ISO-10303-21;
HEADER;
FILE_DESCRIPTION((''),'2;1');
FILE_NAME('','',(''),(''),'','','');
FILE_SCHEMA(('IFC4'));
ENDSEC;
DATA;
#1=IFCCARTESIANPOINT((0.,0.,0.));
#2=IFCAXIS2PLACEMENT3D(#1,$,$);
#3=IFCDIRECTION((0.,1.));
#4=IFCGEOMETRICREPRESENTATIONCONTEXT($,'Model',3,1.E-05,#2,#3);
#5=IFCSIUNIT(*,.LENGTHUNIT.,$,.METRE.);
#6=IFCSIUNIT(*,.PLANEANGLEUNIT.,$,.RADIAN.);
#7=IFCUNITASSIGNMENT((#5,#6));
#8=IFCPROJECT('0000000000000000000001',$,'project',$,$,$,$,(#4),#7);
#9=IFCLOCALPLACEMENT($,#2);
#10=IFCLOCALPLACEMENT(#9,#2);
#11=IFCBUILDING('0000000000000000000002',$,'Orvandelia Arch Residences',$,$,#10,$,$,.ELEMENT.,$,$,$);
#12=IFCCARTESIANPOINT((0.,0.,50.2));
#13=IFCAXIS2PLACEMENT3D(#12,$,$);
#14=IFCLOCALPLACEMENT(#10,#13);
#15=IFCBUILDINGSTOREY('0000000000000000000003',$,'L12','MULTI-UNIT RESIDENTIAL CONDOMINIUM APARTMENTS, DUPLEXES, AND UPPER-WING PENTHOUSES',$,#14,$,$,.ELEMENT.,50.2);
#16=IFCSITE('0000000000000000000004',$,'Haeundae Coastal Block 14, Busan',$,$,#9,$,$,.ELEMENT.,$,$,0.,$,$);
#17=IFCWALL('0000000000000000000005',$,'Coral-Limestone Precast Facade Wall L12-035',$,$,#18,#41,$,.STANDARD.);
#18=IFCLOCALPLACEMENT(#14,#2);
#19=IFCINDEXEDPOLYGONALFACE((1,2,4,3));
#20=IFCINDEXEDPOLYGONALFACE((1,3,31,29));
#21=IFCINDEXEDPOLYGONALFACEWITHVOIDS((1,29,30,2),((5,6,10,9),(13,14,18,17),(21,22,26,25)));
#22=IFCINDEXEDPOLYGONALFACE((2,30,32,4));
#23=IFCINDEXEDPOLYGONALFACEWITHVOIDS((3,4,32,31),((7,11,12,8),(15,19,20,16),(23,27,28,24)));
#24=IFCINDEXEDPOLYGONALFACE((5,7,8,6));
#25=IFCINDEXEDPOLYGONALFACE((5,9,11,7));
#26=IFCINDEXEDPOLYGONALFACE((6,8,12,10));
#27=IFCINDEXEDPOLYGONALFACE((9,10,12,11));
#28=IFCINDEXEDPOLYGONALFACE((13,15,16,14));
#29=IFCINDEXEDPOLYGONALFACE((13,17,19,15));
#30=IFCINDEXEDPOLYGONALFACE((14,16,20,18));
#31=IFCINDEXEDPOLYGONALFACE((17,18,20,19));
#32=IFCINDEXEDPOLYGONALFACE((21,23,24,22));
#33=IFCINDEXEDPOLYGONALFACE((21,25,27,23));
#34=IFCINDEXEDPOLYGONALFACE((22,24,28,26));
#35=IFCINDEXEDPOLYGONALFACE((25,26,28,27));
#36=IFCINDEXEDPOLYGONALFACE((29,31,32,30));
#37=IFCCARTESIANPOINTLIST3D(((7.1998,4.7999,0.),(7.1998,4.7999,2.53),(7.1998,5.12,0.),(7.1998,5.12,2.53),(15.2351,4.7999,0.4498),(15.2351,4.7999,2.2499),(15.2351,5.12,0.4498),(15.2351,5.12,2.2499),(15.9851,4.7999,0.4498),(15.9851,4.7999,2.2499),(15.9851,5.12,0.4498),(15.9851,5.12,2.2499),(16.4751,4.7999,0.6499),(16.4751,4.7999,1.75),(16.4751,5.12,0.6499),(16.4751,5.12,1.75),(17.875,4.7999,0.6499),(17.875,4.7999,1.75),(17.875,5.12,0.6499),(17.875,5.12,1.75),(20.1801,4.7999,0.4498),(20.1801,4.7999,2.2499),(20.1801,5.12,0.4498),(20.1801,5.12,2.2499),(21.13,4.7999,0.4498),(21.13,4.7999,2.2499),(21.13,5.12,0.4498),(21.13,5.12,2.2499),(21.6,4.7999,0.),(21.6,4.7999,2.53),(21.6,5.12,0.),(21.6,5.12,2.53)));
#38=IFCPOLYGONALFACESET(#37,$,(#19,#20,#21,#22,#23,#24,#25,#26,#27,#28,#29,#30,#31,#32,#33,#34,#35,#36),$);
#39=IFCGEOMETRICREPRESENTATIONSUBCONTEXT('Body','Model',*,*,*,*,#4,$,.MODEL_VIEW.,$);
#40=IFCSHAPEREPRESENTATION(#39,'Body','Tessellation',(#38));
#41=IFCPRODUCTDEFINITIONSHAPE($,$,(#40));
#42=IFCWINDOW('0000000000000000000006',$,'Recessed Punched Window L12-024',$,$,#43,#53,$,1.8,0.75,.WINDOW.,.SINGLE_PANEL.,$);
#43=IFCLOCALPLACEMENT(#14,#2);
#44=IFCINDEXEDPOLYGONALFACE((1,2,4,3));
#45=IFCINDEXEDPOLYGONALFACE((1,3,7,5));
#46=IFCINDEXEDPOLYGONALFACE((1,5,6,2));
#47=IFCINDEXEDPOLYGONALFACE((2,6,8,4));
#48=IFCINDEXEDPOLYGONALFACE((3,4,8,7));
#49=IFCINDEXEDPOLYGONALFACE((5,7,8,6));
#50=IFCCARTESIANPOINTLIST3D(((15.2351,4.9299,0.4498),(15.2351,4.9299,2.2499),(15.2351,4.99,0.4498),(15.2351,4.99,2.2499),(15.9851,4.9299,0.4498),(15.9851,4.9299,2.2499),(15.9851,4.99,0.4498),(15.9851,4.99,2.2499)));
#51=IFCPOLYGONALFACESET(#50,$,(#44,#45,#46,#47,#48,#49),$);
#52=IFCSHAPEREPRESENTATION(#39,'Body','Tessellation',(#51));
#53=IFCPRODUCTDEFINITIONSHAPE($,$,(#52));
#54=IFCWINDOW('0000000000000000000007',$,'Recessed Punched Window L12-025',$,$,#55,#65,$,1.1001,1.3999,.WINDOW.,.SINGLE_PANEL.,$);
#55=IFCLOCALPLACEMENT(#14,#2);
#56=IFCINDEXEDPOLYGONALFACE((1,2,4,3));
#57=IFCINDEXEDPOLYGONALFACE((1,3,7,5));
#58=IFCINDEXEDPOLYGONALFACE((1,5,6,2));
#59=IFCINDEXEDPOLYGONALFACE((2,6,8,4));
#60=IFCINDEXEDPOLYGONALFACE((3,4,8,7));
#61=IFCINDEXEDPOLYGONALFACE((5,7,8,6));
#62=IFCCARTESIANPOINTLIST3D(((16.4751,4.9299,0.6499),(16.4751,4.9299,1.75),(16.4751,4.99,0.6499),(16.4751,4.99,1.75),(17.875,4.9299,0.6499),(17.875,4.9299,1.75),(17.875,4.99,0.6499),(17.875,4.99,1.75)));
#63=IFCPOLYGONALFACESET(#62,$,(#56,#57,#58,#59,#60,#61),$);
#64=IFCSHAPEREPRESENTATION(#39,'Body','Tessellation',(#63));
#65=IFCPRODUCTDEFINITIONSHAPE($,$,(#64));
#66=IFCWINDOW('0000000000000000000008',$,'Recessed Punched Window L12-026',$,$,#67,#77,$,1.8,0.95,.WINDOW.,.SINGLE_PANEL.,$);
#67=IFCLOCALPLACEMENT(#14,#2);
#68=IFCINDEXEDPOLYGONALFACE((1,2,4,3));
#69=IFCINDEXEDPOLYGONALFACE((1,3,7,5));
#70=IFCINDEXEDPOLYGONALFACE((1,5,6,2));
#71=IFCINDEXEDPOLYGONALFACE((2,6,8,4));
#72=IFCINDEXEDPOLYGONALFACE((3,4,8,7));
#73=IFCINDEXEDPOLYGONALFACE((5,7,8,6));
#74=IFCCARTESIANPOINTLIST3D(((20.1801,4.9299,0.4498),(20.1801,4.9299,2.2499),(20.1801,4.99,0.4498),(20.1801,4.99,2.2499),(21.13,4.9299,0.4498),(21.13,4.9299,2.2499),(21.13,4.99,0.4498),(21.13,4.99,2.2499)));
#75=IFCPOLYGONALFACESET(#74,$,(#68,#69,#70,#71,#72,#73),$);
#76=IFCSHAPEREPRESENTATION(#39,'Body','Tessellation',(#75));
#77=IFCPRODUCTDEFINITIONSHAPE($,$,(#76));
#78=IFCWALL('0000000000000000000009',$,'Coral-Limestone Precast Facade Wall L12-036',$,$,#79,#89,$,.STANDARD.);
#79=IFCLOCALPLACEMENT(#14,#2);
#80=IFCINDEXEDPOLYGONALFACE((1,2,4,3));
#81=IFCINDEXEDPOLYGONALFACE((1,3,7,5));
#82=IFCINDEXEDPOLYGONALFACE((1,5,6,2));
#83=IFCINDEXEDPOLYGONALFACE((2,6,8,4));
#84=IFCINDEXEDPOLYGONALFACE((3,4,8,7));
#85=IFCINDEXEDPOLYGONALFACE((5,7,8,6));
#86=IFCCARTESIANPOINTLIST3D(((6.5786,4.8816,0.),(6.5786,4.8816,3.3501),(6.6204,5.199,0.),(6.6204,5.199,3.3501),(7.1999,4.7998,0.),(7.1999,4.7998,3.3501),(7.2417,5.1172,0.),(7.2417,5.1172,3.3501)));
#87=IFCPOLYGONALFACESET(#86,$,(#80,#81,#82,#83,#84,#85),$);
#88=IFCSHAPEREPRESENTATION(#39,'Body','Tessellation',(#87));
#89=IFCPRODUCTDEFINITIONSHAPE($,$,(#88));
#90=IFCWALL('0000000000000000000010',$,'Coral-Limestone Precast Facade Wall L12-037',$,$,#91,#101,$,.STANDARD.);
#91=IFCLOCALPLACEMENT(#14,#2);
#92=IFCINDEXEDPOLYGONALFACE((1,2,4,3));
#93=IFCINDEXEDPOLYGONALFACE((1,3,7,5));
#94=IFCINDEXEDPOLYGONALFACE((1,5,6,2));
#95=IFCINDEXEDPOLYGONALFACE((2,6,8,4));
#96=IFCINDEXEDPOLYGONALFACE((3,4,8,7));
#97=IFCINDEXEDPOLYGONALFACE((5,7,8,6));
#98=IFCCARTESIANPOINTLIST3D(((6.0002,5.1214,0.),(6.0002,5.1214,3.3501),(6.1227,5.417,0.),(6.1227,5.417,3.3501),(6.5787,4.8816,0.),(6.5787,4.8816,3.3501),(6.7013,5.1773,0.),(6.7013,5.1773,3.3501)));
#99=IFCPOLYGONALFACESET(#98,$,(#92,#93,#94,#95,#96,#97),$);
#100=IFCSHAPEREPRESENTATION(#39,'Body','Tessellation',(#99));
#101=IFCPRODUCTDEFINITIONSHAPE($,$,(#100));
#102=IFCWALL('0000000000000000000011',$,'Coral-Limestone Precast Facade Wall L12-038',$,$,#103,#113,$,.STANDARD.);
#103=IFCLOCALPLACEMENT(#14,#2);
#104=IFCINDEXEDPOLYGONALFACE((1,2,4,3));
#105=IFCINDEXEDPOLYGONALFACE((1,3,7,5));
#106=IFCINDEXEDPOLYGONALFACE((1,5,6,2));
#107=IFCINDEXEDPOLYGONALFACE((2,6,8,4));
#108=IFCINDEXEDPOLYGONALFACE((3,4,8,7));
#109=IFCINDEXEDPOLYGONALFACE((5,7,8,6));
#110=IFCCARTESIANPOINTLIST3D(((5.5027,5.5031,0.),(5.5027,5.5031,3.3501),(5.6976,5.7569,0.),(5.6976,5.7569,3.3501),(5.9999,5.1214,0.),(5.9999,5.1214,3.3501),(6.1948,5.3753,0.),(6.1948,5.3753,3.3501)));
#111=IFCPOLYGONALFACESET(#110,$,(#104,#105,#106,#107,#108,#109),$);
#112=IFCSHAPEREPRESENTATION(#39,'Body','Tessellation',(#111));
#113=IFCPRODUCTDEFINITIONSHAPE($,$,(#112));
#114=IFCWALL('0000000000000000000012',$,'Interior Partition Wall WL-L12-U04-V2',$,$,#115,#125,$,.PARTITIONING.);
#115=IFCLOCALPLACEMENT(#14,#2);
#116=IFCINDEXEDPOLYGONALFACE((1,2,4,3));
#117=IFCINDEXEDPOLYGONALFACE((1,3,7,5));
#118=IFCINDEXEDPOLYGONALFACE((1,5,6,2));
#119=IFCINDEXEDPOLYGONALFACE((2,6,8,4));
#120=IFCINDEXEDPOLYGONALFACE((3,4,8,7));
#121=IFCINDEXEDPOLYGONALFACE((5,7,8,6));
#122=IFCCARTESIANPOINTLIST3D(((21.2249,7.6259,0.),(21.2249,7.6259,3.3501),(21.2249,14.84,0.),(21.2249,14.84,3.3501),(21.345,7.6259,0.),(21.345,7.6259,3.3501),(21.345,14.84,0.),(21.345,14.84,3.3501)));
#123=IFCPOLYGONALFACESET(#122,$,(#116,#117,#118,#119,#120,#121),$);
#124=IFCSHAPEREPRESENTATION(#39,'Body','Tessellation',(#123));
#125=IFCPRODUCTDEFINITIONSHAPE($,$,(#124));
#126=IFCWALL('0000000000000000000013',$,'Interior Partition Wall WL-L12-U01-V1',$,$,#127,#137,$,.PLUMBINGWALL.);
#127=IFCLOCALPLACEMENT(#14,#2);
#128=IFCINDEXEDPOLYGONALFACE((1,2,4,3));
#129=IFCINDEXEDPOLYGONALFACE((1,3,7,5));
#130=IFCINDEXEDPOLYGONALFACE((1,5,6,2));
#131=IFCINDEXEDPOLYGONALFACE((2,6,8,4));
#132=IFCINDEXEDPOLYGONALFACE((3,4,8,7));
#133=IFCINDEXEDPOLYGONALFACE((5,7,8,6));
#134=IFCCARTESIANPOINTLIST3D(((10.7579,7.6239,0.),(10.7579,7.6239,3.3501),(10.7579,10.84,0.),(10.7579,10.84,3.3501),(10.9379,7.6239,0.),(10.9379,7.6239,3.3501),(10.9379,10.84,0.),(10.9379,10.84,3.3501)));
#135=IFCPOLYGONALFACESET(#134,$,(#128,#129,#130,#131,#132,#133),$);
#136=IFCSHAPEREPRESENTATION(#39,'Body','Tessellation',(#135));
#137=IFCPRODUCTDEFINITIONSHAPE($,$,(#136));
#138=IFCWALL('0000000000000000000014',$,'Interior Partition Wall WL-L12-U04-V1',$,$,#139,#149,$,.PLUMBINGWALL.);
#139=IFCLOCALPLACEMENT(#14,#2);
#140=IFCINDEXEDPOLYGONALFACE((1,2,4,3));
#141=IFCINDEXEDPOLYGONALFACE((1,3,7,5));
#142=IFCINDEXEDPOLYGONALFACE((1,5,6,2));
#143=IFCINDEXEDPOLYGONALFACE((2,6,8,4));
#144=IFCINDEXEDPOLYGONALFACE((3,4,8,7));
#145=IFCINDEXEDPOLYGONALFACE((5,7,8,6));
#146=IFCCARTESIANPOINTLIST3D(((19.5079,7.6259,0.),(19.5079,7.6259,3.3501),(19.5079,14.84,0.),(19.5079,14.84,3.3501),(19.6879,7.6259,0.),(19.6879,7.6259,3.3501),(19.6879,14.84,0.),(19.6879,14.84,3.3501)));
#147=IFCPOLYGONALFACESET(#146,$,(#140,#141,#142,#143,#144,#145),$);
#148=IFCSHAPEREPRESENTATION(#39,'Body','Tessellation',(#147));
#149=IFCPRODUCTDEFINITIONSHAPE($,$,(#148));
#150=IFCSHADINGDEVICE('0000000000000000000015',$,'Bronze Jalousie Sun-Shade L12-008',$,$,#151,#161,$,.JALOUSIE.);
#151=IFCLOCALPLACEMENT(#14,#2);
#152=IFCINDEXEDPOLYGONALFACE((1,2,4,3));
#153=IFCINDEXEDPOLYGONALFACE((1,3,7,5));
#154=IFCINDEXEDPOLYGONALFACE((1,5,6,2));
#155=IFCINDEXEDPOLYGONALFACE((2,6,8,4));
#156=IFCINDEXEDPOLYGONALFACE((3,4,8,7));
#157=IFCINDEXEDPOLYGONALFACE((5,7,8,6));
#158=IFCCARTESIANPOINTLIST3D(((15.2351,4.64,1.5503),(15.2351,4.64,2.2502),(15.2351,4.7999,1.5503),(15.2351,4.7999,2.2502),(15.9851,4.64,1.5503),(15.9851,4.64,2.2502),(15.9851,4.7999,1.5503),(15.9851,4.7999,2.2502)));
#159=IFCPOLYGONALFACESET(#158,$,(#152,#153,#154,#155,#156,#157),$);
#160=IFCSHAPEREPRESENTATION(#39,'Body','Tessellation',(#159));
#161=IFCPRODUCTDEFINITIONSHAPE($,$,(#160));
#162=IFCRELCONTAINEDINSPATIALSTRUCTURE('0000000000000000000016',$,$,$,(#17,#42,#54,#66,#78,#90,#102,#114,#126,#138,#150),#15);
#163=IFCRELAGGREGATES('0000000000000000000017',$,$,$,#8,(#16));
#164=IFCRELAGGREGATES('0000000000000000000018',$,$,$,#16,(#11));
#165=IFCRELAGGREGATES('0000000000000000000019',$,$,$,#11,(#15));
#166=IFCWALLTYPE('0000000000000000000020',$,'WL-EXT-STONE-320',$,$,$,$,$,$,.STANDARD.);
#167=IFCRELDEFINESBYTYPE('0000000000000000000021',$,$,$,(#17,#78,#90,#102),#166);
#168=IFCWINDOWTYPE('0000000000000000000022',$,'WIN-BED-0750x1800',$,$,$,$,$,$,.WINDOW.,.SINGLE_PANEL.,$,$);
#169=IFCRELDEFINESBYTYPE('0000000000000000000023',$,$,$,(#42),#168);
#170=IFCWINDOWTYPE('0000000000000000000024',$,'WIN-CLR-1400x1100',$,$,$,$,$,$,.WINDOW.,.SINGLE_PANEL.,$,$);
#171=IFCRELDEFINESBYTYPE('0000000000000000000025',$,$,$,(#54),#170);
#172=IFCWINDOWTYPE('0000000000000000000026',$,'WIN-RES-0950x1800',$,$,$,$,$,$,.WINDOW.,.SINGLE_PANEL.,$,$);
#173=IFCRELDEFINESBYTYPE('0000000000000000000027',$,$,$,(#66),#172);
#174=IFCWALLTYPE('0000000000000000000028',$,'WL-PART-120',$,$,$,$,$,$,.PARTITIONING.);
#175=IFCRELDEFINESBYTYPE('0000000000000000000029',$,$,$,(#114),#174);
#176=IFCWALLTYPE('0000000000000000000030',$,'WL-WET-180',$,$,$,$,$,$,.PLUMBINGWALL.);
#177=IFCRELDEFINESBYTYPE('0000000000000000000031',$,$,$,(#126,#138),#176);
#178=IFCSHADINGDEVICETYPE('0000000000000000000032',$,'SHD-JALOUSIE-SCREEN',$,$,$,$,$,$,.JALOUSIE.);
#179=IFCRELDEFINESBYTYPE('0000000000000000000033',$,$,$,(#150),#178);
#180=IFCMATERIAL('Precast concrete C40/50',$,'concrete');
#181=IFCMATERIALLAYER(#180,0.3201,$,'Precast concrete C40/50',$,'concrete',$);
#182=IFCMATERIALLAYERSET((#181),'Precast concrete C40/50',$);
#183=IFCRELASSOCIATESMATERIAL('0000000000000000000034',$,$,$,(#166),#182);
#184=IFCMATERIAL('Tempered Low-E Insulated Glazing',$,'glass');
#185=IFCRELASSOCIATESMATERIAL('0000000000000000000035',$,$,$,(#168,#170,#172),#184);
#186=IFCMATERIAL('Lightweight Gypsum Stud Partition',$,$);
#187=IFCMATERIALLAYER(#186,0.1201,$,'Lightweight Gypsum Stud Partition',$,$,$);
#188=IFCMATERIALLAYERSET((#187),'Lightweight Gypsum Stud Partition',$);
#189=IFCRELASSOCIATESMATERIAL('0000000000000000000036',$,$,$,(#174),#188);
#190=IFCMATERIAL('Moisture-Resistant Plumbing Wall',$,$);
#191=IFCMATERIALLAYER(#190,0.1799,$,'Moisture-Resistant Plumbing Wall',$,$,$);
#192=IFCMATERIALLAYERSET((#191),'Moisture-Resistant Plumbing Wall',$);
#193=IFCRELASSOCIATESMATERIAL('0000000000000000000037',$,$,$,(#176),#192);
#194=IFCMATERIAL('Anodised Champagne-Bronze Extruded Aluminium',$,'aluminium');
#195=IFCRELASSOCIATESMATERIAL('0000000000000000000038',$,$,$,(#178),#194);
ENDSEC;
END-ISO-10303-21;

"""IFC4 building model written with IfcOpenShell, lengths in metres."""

from ifc_helpers import new_model, si_unit, direction, frame, frame_2d, origin, origin_2d, place, context, subcontext, project, spatial, rectangle, extrude, material, layer, layer_set, type_object, element, fill, save


model = new_model("IFC4")

# Units and contexts
model_context = context("Model", 3, precision=1e-05, world=origin(), true_north=direction((0.0, 1.0)))
body_context = subcontext(model_context, "Body", "Model", "MODEL_VIEW")
ifc_project = project(units=[si_unit("LENGTHUNIT", "METRE"), si_unit("PLANEANGLEUNIT", "RADIAN")], contexts=[model_context])

# Site, building, storey
site_placement = place(None, origin())
site = spatial("IfcSite", under=ifc_project, at=site_placement, Name="Haeundae Coastal Block 14, Busan", CompositionType="ELEMENT", RefElevation=0.0)
building_placement = place(site_placement, origin())
building = spatial("IfcBuilding", under=site, at=building_placement, Name="Orvandelia Arch Residences", CompositionType="ELEMENT")
storey_placement = place(building_placement, frame((0.0, 0.0, 50.2)))
storey = spatial("IfcBuildingStorey", under=building, at=storey_placement, Name="L12", Description="MULTI-UNIT RESIDENTIAL CONDOMINIUM APARTMENTS, DUPLEXES, AND UPPER-WING PENTHOUSES", CompositionType="ELEMENT", Elevation=50.2)

# Shared definitions
ifc_material_1 = material(Name="Precast concrete C40/50", Category="concrete")
ifc_layer_1 = layer(ifc_material_1, 0.3201, Name="Precast concrete C40/50", Category="concrete")
ifc_layer_set_1 = layer_set([ifc_layer_1], Name="Precast concrete C40/50")
wall_type_1 = type_object("IfcWallType", Name="WL-EXT-STONE-320", PredefinedType="STANDARD", material=ifc_layer_set_1)

# Wall, openings, windows
wall_1_placement = place(storey_placement, frame((21.6001, 4.96, 0.0), z_axis=(0.0, 0.0, 1.0), x_axis=(-1.0, 0.0, 0.0)))
wall_1 = element("IfcWall", 1, at=wall_1_placement, inside=storey, type_object=wall_type_1, Name="Coral-Limestone Precast Facade Wall L12-035", PredefinedType="STANDARD", context=body_context, shape_type="SweptSolid", body=[
    extrude(rectangle(XDim=14.4001, YDim=0.3201, at=frame_2d((7.2002, 0.0))), origin(), (0.0, 0.0, 1.0), 2.53),
])
opening_1_placement = place(wall_1_placement, frame((5.615, 0.0, 0.45)))
opening_1 = element("IfcOpeningElement", 2, at=opening_1_placement, cuts=wall_1, PredefinedType="OPENING", context=body_context, shape_type="SweptSolid", body=[
    extrude(rectangle(XDim=0.75, YDim=1.8, at=frame_2d((0.375, 0.8999))), frame((0.0, 0.1699, 0.0), z_axis=(0.0, -1.0, 0.0), x_axis=(1.0, 0.0, 0.0)), (0.0, 0.0, 1.0), 0.3401),
])
opening_2_placement = place(wall_1_placement, frame((3.7251, 0.0, 0.6499)))
opening_2 = element("IfcOpeningElement", 3, at=opening_2_placement, cuts=wall_1, PredefinedType="OPENING", context=body_context, shape_type="SweptSolid", body=[
    extrude(rectangle(XDim=1.3999, YDim=1.1001, at=frame_2d((0.7, 0.55))), frame((0.0, 0.1699, 0.0), z_axis=(0.0, -1.0, 0.0), x_axis=(1.0, 0.0, 0.0)), (0.0, 0.0, 1.0), 0.3401),
])
opening_3_placement = place(wall_1_placement, frame((0.47, 0.0, 0.45)))
opening_3 = element("IfcOpeningElement", 4, at=opening_3_placement, cuts=wall_1, PredefinedType="OPENING", context=body_context, shape_type="SweptSolid", body=[
    extrude(rectangle(XDim=0.95, YDim=1.8, at=frame_2d((0.4751, 0.8999))), frame((0.0, 0.1699, 0.0), z_axis=(0.0, -1.0, 0.0), x_axis=(1.0, 0.0, 0.0)), (0.0, 0.0, 1.0), 0.3401),
])
ifc_material_2 = material(Name="Tempered Low-E Insulated Glazing", Category="glass")
window_type_1 = type_object("IfcWindowType", Name="WIN-BED-0750x1800", PartitioningType="SINGLE_PANEL", PredefinedType="WINDOW", material=ifc_material_2)
window_1_placement = place(opening_1_placement, origin())
window_1 = element("IfcWindow", 5, at=window_1_placement, inside=storey, type_object=window_type_1, Name="Recessed Punched Window L12-024", OverallHeight=1.8, OverallWidth=0.75, PartitioningType="SINGLE_PANEL", PredefinedType="WINDOW", context=body_context, shape_type="SweptSolid", body=[
    extrude(rectangle(XDim=0.75, YDim=1.8, at=frame_2d((0.375, 0.8999))), frame((0.0, 0.03, 0.0), z_axis=(0.0, -1.0, 0.0), x_axis=(1.0, 0.0, 0.0)), (0.0, 0.0, 1.0), 0.0601),
])
fill(opening_1, window_1)
window_type_2 = type_object("IfcWindowType", Name="WIN-CLR-1400x1100", PartitioningType="SINGLE_PANEL", PredefinedType="WINDOW", material=ifc_material_2)
window_2_placement = place(opening_2_placement, origin())
window_2 = element("IfcWindow", 6, at=window_2_placement, inside=storey, type_object=window_type_2, Name="Recessed Punched Window L12-025", OverallHeight=1.1001, OverallWidth=1.3999, PartitioningType="SINGLE_PANEL", PredefinedType="WINDOW", context=body_context, shape_type="SweptSolid", body=[
    extrude(rectangle(XDim=1.3999, YDim=1.1001, at=frame_2d((0.7, 0.55))), frame((0.0, 0.03, 0.0), z_axis=(0.0, -1.0, 0.0), x_axis=(1.0, 0.0, 0.0)), (0.0, 0.0, 1.0), 0.0601),
])
fill(opening_2, window_2)
window_type_3 = type_object("IfcWindowType", Name="WIN-RES-0950x1800", PartitioningType="SINGLE_PANEL", PredefinedType="WINDOW", material=ifc_material_2)
window_3_placement = place(opening_3_placement, origin())
window_3 = element("IfcWindow", 7, at=window_3_placement, inside=storey, type_object=window_type_3, Name="Recessed Punched Window L12-026", OverallHeight=1.8, OverallWidth=0.95, PartitioningType="SINGLE_PANEL", PredefinedType="WINDOW", context=body_context, shape_type="SweptSolid", body=[
    extrude(rectangle(XDim=0.95, YDim=1.8, at=frame_2d((0.4751, 0.8999))), frame((0.0, 0.03, 0.0), z_axis=(0.0, -1.0, 0.0), x_axis=(1.0, 0.0, 0.0)), (0.0, 0.0, 1.0), 0.0601),
])
fill(opening_3, window_3)

# Walls
wall_2_placement = place(storey_placement, frame((7.2209, 4.9585, 0.0), z_axis=(0.0, 0.0, 1.0), x_axis=(-0.991448, 0.130505, 0.0)))
element("IfcWall", 8, at=wall_2_placement, inside=storey, type_object=wall_type_1, Name="Coral-Limestone Precast Facade Wall L12-036", PredefinedType="STANDARD", context=body_context, shape_type="SweptSolid", body=[
    extrude(rectangle(XDim=0.6267, YDim=0.3201, at=frame_2d((0.3135, 0.0))), origin(), (0.0, 0.0, 1.0), 3.3501),
])
wall_3_placement = place(storey_placement, frame((6.6399, 5.0295, 0.0), z_axis=(0.0, 0.0, 1.0), x_axis=(-0.923836, 0.382788, 0.0)))
element("IfcWall", 9, at=wall_3_placement, inside=storey, type_object=wall_type_1, Name="Coral-Limestone Precast Facade Wall L12-037", PredefinedType="STANDARD", context=body_context, shape_type="SweptSolid", body=[
    extrude(rectangle(XDim=0.6262, YDim=0.3201, at=frame_2d((0.313, 0.0))), origin(), (0.0, 0.0, 1.0), 3.3501),
])
wall_4_placement = place(storey_placement, frame((6.0974, 5.2483, 0.0), z_axis=(0.0, 0.0, 1.0), x_axis=(-0.793217, 0.608939, 0.0)))
element("IfcWall", 10, at=wall_4_placement, inside=storey, type_object=wall_type_1, Name="Coral-Limestone Precast Facade Wall L12-038", PredefinedType="STANDARD", context=body_context, shape_type="SweptSolid", body=[
    extrude(rectangle(XDim=0.6267, YDim=0.3201, at=frame_2d((0.3135, 0.0))), origin(), (0.0, 0.0, 1.0), 3.3501),
])
ifc_material_3 = material(Name="Lightweight Gypsum Stud Partition")
ifc_layer_2 = layer(ifc_material_3, 0.1201, Name="Lightweight Gypsum Stud Partition")
ifc_layer_set_2 = layer_set([ifc_layer_2], Name="Lightweight Gypsum Stud Partition")
wall_type_2 = type_object("IfcWallType", Name="WL-PART-120", PredefinedType="PARTITIONING", material=ifc_layer_set_2)
wall_5_placement = place(storey_placement, frame((21.2849, 7.626, 0.0), z_axis=(0.0, 0.0, 1.0), x_axis=(0.0, 1.0, 0.0)))
element("IfcWall", 11, at=wall_5_placement, inside=storey, type_object=wall_type_2, Name="Interior Partition Wall WL-L12-U04-V2", PredefinedType="PARTITIONING", context=body_context, shape_type="SweptSolid", body=[
    extrude(rectangle(XDim=7.2141, YDim=0.1201, at=frame_2d((3.6069, 0.0))), origin(), (0.0, 0.0, 1.0), 3.3501),
])
ifc_material_4 = material(Name="Moisture-Resistant Plumbing Wall")
ifc_layer_3 = layer(ifc_material_4, 0.1799, Name="Moisture-Resistant Plumbing Wall")
ifc_layer_set_3 = layer_set([ifc_layer_3], Name="Moisture-Resistant Plumbing Wall")
wall_type_3 = type_object("IfcWallType", Name="WL-WET-180", PredefinedType="PLUMBINGWALL", material=ifc_layer_set_3)
wall_6_placement = place(storey_placement, frame((10.8479, 7.624, 0.0), z_axis=(0.0, 0.0, 1.0), x_axis=(0.0, 1.0, 0.0)))
element("IfcWall", 12, at=wall_6_placement, inside=storey, type_object=wall_type_3, Name="Interior Partition Wall WL-L12-U01-V1", PredefinedType="PLUMBINGWALL", context=body_context, shape_type="SweptSolid", body=[
    extrude(rectangle(XDim=3.2161, YDim=0.1799, at=frame_2d((1.6079, 0.0))), origin(), (0.0, 0.0, 1.0), 3.3501),
])

# Wall
wall_7_placement = place(storey_placement, frame((19.5979, 7.626, 0.0), z_axis=(0.0, 0.0, 1.0), x_axis=(0.0, 1.0, 0.0)))
element("IfcWall", 13, at=wall_7_placement, inside=storey, type_object=wall_type_3, Name="Interior Partition Wall WL-L12-U04-V1", PredefinedType="PLUMBINGWALL", context=body_context, shape_type="SweptSolid", body=[
    extrude(rectangle(XDim=7.2141, YDim=0.1799, at=frame_2d((3.6069, 0.0))), origin(), (0.0, 0.0, 1.0), 3.3501),
])

# Shading device
ifc_material_5 = material(Name="Anodised Champagne-Bronze Extruded Aluminium", Category="aluminium")
shading_device_type = type_object("IfcShadingDeviceType", Name="SHD-JALOUSIE-SCREEN", PredefinedType="JALOUSIE", material=ifc_material_5)
shading_device_placement = place(storey_placement, frame((15.6101, 4.72, 1.5503), z_axis=(0.0, 0.0, 1.0), x_axis=(-1.0, 0.0, 0.0)))
element("IfcShadingDevice", 14, at=shading_device_placement, inside=storey, type_object=shading_device_type, Name="Bronze Jalousie Sun-Shade L12-008", PredefinedType="JALOUSIE", context=body_context, shape_type="SweptSolid", body=[
    extrude(rectangle(XDim=0.75, YDim=0.1599, at=origin_2d()), origin(), (0.0, 0.0, 1.0), 0.7),
])

save(model, "model.ifc")
